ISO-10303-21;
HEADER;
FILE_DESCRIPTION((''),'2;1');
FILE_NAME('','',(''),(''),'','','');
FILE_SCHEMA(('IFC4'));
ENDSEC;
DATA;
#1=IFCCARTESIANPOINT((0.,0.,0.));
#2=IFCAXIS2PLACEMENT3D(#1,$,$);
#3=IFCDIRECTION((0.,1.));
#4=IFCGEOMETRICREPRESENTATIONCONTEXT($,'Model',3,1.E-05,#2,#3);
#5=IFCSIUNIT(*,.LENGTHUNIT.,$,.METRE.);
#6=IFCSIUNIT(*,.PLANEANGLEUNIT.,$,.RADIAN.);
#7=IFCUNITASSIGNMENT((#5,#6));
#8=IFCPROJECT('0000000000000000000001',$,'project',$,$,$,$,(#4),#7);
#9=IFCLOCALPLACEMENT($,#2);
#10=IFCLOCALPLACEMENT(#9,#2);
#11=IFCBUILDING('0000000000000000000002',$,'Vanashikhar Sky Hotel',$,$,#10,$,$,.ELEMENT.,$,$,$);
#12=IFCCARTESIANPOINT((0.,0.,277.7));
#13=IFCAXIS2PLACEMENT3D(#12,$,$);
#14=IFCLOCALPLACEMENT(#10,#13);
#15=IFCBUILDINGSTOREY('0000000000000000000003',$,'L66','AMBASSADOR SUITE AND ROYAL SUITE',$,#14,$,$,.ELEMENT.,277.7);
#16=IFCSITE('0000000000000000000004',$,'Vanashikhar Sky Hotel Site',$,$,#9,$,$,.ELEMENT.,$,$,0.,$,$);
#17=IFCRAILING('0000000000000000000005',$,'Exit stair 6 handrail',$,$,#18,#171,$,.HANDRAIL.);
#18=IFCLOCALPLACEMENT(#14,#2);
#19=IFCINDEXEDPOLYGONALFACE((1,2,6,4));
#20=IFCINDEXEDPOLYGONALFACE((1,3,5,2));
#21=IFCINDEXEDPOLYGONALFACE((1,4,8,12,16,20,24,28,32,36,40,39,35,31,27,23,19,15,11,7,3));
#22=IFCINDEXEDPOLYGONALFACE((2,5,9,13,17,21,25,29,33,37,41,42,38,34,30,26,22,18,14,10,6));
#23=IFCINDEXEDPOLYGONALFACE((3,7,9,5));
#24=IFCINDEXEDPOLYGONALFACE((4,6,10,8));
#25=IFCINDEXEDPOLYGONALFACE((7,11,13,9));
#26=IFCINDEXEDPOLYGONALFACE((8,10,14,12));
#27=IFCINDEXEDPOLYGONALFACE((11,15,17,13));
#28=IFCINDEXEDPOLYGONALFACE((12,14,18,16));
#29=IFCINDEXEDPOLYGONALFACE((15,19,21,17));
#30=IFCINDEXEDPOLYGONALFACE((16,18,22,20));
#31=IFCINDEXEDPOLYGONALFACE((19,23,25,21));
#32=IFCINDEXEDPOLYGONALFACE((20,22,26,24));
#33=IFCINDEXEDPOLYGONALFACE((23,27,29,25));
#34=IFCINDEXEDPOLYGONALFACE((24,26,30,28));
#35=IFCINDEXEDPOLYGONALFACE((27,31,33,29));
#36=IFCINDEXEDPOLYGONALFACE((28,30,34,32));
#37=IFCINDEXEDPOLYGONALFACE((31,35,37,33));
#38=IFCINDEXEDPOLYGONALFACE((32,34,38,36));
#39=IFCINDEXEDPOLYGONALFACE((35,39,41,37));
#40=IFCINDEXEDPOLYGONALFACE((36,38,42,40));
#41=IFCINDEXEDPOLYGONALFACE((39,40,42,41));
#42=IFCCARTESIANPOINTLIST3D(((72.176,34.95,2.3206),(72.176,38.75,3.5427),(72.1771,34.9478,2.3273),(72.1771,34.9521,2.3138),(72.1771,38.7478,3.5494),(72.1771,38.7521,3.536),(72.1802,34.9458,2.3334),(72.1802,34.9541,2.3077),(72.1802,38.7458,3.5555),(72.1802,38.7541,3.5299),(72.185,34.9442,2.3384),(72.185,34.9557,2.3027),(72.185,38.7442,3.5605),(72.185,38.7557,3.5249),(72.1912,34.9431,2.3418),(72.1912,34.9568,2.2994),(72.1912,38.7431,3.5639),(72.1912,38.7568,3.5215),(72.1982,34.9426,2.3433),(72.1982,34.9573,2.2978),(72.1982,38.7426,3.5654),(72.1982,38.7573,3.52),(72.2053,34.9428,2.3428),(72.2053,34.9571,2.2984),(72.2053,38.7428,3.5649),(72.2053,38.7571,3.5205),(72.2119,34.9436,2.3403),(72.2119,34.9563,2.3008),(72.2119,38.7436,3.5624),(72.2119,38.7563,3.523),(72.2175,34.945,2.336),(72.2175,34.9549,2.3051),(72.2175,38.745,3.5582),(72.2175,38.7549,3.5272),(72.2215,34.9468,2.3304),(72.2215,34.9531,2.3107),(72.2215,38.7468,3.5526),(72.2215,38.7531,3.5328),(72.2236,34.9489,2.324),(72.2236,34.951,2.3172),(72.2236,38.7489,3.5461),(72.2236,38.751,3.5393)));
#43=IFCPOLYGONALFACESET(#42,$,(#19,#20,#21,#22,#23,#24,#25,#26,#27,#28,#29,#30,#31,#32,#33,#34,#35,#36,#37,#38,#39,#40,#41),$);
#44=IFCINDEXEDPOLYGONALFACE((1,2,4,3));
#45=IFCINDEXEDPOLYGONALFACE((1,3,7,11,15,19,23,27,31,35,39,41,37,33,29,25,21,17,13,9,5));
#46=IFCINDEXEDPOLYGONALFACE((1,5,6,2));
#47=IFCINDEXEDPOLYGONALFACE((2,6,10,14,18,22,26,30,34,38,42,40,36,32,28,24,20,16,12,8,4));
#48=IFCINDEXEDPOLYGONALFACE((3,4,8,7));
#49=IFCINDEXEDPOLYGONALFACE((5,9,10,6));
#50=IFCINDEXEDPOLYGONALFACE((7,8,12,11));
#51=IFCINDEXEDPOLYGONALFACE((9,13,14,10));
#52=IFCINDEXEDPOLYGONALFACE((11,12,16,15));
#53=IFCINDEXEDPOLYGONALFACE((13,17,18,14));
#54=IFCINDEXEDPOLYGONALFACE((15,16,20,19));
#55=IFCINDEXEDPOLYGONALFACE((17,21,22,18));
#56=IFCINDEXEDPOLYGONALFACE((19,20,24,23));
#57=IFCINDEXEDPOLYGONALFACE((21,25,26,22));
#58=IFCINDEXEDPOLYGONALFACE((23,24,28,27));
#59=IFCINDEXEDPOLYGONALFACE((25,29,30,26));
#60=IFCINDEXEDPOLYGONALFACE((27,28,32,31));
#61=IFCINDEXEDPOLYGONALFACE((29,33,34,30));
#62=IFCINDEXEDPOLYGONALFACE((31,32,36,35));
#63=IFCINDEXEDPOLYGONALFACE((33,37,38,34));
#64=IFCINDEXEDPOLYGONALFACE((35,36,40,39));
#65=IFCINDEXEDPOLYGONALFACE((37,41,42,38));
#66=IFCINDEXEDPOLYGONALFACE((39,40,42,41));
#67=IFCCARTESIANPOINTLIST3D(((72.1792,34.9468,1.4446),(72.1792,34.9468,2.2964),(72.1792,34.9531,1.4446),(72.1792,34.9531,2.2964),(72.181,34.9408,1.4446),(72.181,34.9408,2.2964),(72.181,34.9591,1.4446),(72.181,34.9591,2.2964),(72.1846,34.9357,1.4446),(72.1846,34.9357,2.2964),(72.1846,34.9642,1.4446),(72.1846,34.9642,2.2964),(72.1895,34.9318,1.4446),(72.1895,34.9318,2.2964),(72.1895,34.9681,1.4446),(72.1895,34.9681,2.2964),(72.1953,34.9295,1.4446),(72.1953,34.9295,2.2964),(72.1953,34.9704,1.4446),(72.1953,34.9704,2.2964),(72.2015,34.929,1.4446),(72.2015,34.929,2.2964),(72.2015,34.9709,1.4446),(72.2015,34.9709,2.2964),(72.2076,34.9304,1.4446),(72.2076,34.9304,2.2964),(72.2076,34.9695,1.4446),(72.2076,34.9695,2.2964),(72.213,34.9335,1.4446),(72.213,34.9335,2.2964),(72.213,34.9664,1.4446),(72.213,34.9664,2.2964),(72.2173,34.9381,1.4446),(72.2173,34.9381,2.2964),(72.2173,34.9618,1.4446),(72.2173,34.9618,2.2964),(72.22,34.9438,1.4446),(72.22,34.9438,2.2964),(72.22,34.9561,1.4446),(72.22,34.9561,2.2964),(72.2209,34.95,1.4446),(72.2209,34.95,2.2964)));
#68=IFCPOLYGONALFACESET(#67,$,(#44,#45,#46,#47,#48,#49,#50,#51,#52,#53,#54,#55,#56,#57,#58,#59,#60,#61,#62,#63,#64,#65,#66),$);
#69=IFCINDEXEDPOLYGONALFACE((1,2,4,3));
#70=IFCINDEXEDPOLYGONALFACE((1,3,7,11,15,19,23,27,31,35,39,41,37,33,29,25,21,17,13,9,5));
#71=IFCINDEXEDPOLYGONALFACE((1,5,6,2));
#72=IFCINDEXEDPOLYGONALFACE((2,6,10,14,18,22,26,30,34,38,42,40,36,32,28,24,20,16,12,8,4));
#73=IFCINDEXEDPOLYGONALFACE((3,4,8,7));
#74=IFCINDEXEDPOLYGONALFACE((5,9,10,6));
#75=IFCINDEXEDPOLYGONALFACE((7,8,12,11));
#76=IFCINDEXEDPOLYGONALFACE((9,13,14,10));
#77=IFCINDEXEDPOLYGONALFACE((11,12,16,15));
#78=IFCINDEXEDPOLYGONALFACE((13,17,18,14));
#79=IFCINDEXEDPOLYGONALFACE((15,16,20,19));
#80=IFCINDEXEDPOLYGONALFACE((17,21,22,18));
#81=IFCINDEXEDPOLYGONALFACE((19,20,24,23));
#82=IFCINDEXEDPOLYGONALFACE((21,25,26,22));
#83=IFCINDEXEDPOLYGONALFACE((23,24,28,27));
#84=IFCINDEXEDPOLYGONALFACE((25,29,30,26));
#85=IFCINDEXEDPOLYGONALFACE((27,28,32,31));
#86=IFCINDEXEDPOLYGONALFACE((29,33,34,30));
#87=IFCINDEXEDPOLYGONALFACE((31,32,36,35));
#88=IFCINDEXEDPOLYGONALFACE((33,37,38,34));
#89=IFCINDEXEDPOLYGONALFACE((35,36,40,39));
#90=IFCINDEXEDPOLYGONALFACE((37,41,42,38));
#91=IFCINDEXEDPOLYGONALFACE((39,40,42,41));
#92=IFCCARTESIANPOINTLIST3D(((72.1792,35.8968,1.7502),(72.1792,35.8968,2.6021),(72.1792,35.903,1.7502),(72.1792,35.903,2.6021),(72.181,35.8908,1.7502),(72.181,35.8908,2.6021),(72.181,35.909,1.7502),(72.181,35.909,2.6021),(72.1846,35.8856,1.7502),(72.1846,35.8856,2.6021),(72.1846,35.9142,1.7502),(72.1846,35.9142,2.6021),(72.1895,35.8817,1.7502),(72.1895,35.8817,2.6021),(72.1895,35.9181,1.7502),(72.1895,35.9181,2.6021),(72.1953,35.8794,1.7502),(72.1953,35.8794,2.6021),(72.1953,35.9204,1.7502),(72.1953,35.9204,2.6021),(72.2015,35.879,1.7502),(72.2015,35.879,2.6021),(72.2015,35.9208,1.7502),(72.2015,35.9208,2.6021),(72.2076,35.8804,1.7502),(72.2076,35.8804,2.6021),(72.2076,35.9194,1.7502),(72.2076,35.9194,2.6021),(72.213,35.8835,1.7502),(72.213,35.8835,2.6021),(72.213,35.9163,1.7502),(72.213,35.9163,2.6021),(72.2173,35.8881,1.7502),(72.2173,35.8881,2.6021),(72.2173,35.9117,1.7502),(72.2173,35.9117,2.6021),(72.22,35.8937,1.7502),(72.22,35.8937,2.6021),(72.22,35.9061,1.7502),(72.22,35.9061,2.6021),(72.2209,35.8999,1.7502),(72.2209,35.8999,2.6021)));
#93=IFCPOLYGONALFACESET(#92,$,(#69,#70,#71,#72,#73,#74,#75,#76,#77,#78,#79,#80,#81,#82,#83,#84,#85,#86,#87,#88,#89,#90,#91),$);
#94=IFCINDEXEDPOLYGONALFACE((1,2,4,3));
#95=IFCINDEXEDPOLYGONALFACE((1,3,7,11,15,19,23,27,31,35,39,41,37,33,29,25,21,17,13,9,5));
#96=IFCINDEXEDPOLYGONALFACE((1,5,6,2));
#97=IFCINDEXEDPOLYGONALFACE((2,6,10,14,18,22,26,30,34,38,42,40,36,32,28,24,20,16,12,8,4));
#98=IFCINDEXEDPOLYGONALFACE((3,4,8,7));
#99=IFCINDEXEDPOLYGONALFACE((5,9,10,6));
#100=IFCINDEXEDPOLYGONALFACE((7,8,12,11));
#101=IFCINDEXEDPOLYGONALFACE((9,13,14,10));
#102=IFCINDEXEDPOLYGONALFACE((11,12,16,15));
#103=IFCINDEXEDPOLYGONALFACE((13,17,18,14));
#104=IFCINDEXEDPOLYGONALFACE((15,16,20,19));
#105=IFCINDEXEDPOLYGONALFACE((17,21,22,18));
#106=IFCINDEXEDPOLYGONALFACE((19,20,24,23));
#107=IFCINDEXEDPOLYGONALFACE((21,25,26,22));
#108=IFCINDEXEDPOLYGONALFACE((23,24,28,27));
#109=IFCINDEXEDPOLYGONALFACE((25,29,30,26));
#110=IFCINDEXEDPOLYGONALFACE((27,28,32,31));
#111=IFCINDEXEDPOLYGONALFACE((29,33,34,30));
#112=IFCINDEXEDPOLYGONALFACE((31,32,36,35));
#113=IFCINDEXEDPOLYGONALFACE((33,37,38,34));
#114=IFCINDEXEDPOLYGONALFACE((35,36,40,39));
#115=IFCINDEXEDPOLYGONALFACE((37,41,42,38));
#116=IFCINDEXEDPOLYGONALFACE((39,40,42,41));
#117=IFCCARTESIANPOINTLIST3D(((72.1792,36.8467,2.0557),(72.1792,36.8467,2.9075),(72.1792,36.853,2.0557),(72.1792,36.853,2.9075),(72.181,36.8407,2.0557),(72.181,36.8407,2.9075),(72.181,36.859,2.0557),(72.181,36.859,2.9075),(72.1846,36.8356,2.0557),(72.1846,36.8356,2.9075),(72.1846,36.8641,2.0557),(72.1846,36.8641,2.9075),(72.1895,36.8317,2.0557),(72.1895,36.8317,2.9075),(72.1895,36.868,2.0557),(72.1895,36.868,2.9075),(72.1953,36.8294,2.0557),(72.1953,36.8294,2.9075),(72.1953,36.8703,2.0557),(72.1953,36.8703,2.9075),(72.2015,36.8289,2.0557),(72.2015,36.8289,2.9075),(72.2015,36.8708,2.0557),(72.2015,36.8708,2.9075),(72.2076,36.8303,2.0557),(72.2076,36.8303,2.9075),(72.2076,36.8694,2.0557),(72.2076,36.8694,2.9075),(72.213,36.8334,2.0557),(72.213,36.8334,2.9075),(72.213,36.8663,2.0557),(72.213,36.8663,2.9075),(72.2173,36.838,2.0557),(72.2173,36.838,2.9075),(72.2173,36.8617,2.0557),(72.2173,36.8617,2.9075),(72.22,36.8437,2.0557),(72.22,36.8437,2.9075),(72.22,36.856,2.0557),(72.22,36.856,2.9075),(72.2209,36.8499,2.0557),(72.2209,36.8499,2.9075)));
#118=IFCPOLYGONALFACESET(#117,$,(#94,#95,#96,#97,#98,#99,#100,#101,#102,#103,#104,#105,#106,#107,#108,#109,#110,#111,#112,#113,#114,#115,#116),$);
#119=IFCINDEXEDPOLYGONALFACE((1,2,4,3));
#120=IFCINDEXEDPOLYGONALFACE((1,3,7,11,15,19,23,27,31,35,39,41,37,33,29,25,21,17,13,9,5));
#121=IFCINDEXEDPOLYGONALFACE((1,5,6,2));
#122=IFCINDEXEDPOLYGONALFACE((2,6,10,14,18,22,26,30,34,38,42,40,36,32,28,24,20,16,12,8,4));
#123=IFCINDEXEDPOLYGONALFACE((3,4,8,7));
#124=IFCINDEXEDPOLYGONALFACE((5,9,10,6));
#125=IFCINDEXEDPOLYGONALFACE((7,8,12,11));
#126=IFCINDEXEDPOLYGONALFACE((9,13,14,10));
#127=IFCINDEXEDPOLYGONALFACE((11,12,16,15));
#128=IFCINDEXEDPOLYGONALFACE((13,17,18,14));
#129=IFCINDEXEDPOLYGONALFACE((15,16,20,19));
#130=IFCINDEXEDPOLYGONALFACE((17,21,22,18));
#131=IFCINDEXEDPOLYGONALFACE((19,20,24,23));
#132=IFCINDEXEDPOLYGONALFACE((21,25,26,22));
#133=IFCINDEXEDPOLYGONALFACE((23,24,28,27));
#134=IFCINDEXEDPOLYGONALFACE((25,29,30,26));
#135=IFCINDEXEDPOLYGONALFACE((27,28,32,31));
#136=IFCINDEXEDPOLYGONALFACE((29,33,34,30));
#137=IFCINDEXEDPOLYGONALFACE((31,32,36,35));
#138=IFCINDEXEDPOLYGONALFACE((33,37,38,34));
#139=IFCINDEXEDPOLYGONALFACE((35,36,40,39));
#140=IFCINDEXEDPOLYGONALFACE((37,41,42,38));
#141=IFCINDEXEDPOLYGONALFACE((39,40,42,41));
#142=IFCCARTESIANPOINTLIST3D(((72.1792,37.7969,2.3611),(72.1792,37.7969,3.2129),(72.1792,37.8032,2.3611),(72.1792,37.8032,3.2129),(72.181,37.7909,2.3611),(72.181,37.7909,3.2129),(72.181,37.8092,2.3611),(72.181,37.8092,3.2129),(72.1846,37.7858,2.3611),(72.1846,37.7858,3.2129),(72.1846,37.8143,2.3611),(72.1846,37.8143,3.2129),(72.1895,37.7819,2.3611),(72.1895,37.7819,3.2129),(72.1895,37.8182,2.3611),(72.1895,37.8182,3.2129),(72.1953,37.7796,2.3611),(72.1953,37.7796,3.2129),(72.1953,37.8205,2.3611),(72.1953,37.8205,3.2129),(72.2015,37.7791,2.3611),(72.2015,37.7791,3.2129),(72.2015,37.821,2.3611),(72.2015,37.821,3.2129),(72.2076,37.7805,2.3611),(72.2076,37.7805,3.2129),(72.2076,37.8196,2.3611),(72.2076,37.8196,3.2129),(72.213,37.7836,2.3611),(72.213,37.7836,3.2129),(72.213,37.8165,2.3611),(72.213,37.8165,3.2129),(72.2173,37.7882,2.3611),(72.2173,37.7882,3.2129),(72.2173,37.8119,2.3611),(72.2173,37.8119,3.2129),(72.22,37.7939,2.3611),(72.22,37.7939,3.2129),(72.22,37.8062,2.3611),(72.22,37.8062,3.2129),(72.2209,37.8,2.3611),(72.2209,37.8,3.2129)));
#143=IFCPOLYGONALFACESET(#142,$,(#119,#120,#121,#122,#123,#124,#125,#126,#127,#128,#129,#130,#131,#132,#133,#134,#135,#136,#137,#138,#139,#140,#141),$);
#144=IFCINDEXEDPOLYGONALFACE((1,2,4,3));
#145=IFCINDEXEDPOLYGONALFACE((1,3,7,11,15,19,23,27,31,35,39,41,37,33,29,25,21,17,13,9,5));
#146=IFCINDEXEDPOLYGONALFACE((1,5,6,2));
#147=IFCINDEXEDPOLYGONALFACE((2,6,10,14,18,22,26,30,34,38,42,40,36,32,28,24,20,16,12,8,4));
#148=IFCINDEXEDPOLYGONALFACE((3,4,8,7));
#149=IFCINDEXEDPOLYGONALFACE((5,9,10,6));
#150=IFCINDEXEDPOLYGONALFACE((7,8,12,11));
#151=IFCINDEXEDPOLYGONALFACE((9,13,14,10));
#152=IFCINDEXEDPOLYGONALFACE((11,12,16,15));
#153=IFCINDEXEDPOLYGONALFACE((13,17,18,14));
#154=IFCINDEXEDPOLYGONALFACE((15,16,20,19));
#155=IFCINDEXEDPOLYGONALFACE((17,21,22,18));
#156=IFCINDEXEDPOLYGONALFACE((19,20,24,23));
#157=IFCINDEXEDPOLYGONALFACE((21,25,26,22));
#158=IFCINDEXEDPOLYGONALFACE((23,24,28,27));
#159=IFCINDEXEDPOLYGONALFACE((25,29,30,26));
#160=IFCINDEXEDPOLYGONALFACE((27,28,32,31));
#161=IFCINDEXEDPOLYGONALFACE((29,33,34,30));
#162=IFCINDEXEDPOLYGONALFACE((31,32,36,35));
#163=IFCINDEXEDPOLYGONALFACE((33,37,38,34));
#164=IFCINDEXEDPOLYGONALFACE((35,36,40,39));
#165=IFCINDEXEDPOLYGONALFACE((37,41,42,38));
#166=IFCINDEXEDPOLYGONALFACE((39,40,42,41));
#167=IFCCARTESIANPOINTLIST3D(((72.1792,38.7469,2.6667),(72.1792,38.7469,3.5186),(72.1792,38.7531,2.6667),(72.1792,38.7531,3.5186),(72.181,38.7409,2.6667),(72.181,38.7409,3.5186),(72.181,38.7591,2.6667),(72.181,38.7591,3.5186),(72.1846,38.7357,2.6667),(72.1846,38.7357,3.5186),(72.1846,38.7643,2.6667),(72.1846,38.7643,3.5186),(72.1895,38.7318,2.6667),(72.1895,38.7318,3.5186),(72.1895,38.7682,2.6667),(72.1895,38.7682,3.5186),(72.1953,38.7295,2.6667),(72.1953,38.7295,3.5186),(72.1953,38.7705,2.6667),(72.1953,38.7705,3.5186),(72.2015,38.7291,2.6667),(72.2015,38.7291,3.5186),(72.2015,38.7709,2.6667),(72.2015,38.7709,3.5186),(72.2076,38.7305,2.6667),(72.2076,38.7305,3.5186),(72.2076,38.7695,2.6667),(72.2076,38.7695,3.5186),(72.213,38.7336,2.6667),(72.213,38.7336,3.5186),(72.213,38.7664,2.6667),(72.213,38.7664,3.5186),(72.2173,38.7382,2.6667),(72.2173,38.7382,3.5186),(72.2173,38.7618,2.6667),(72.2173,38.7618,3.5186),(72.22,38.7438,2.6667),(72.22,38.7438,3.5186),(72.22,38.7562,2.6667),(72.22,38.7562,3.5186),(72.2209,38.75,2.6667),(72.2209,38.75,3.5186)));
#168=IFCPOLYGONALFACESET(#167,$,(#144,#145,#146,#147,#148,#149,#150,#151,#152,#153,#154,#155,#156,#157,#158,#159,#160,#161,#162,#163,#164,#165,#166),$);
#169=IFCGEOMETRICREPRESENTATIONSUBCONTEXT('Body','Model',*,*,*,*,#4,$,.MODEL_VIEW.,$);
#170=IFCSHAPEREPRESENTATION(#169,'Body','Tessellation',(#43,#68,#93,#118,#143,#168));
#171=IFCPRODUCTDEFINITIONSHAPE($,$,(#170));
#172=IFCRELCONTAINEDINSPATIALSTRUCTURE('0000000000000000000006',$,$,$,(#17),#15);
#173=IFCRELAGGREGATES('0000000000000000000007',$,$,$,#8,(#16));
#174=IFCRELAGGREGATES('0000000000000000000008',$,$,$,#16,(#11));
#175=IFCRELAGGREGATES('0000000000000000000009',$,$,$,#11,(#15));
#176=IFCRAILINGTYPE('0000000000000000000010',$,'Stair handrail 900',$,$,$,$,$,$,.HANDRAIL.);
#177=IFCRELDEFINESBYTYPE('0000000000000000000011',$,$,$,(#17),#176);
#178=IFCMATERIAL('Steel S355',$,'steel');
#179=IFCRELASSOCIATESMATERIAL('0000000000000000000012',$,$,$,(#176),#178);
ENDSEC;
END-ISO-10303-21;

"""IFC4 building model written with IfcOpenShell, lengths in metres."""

from ifc_helpers import new_model, si_unit, direction, frame, origin, origin_2d, place, context, subcontext, project, spatial, circle, extrude, source, transform, mapped, material, type_object, element, save


model = new_model("IFC4")

# Units and contexts
model_context = context("Model", 3, precision=1e-05, world=origin(), true_north=direction((0.0, 1.0)))
body_context = subcontext(model_context, "Body", "Model", "MODEL_VIEW")
ifc_project = project(units=[si_unit("LENGTHUNIT", "METRE"), si_unit("PLANEANGLEUNIT", "RADIAN")], contexts=[model_context])

# Site, building, storey
site_placement = place(None, origin())
site = spatial("IfcSite", under=ifc_project, at=site_placement, Name="Vanashikhar Sky Hotel Site", CompositionType="ELEMENT", RefElevation=0.0)
building_placement = place(site_placement, origin())
building = spatial("IfcBuilding", under=site, at=building_placement, Name="Vanashikhar Sky Hotel", CompositionType="ELEMENT")
storey_placement = place(building_placement, frame((0.0, 0.0, 277.7)))
storey = spatial("IfcBuildingStorey", under=building, at=storey_placement, Name="L66", Description="AMBASSADOR SUITE AND ROYAL SUITE", CompositionType="ELEMENT", Elevation=277.7)

# Railing
ifc_material_1 = material(Name="Steel S355", Category="steel")
railing_type_1 = type_object("IfcRailingType", Name="Stair handrail 900", PredefinedType="HANDRAIL", material=ifc_material_1)
shared_shape_1 = source(origin(), body_context, "Body", "SweptSolid", [
    extrude(circle(Radius=0.0239, at=origin_2d()), frame((0.0, 0.0, 0.876), z_axis=(0.0, 0.951976, 0.306173), x_axis=(-1.0, 0.0, 0.0)), (0.0, 0.0, 1.0), 3.9917),
    extrude(circle(Radius=0.021, at=origin_2d()), origin(), (0.0, 0.0, 1.0), 0.8518),
    extrude(circle(Radius=0.021, at=origin_2d()), frame((0.0, 0.95, 0.3057)), (0.0, 0.0, 1.0), 0.8518),
    extrude(circle(Radius=0.021, at=origin_2d()), frame((0.0, 1.8999, 0.6111)), (0.0, 0.0, 1.0), 0.8518),
    extrude(circle(Radius=0.021, at=origin_2d()), frame((0.0, 2.8501, 0.9165)), (0.0, 0.0, 1.0), 0.8518),
    extrude(circle(Radius=0.021, at=origin_2d()), frame((0.0, 3.8, 1.2222)), (0.0, 0.0, 1.0), 0.8518),
])
railing_1_placement = place(storey_placement, frame((72.2, 34.95, 1.4446)))
element("IfcRailing", 1, at=railing_1_placement, inside=storey, type_object=railing_type_1, Name="Exit stair 6 handrail", PredefinedType="HANDRAIL", context=body_context, shape_type="MappedRepresentation", body=[
    mapped(shared_shape_1, transform((0.0, 0.0, 0.0), scale=1.0)),
])

save(model, "model.ifc")
